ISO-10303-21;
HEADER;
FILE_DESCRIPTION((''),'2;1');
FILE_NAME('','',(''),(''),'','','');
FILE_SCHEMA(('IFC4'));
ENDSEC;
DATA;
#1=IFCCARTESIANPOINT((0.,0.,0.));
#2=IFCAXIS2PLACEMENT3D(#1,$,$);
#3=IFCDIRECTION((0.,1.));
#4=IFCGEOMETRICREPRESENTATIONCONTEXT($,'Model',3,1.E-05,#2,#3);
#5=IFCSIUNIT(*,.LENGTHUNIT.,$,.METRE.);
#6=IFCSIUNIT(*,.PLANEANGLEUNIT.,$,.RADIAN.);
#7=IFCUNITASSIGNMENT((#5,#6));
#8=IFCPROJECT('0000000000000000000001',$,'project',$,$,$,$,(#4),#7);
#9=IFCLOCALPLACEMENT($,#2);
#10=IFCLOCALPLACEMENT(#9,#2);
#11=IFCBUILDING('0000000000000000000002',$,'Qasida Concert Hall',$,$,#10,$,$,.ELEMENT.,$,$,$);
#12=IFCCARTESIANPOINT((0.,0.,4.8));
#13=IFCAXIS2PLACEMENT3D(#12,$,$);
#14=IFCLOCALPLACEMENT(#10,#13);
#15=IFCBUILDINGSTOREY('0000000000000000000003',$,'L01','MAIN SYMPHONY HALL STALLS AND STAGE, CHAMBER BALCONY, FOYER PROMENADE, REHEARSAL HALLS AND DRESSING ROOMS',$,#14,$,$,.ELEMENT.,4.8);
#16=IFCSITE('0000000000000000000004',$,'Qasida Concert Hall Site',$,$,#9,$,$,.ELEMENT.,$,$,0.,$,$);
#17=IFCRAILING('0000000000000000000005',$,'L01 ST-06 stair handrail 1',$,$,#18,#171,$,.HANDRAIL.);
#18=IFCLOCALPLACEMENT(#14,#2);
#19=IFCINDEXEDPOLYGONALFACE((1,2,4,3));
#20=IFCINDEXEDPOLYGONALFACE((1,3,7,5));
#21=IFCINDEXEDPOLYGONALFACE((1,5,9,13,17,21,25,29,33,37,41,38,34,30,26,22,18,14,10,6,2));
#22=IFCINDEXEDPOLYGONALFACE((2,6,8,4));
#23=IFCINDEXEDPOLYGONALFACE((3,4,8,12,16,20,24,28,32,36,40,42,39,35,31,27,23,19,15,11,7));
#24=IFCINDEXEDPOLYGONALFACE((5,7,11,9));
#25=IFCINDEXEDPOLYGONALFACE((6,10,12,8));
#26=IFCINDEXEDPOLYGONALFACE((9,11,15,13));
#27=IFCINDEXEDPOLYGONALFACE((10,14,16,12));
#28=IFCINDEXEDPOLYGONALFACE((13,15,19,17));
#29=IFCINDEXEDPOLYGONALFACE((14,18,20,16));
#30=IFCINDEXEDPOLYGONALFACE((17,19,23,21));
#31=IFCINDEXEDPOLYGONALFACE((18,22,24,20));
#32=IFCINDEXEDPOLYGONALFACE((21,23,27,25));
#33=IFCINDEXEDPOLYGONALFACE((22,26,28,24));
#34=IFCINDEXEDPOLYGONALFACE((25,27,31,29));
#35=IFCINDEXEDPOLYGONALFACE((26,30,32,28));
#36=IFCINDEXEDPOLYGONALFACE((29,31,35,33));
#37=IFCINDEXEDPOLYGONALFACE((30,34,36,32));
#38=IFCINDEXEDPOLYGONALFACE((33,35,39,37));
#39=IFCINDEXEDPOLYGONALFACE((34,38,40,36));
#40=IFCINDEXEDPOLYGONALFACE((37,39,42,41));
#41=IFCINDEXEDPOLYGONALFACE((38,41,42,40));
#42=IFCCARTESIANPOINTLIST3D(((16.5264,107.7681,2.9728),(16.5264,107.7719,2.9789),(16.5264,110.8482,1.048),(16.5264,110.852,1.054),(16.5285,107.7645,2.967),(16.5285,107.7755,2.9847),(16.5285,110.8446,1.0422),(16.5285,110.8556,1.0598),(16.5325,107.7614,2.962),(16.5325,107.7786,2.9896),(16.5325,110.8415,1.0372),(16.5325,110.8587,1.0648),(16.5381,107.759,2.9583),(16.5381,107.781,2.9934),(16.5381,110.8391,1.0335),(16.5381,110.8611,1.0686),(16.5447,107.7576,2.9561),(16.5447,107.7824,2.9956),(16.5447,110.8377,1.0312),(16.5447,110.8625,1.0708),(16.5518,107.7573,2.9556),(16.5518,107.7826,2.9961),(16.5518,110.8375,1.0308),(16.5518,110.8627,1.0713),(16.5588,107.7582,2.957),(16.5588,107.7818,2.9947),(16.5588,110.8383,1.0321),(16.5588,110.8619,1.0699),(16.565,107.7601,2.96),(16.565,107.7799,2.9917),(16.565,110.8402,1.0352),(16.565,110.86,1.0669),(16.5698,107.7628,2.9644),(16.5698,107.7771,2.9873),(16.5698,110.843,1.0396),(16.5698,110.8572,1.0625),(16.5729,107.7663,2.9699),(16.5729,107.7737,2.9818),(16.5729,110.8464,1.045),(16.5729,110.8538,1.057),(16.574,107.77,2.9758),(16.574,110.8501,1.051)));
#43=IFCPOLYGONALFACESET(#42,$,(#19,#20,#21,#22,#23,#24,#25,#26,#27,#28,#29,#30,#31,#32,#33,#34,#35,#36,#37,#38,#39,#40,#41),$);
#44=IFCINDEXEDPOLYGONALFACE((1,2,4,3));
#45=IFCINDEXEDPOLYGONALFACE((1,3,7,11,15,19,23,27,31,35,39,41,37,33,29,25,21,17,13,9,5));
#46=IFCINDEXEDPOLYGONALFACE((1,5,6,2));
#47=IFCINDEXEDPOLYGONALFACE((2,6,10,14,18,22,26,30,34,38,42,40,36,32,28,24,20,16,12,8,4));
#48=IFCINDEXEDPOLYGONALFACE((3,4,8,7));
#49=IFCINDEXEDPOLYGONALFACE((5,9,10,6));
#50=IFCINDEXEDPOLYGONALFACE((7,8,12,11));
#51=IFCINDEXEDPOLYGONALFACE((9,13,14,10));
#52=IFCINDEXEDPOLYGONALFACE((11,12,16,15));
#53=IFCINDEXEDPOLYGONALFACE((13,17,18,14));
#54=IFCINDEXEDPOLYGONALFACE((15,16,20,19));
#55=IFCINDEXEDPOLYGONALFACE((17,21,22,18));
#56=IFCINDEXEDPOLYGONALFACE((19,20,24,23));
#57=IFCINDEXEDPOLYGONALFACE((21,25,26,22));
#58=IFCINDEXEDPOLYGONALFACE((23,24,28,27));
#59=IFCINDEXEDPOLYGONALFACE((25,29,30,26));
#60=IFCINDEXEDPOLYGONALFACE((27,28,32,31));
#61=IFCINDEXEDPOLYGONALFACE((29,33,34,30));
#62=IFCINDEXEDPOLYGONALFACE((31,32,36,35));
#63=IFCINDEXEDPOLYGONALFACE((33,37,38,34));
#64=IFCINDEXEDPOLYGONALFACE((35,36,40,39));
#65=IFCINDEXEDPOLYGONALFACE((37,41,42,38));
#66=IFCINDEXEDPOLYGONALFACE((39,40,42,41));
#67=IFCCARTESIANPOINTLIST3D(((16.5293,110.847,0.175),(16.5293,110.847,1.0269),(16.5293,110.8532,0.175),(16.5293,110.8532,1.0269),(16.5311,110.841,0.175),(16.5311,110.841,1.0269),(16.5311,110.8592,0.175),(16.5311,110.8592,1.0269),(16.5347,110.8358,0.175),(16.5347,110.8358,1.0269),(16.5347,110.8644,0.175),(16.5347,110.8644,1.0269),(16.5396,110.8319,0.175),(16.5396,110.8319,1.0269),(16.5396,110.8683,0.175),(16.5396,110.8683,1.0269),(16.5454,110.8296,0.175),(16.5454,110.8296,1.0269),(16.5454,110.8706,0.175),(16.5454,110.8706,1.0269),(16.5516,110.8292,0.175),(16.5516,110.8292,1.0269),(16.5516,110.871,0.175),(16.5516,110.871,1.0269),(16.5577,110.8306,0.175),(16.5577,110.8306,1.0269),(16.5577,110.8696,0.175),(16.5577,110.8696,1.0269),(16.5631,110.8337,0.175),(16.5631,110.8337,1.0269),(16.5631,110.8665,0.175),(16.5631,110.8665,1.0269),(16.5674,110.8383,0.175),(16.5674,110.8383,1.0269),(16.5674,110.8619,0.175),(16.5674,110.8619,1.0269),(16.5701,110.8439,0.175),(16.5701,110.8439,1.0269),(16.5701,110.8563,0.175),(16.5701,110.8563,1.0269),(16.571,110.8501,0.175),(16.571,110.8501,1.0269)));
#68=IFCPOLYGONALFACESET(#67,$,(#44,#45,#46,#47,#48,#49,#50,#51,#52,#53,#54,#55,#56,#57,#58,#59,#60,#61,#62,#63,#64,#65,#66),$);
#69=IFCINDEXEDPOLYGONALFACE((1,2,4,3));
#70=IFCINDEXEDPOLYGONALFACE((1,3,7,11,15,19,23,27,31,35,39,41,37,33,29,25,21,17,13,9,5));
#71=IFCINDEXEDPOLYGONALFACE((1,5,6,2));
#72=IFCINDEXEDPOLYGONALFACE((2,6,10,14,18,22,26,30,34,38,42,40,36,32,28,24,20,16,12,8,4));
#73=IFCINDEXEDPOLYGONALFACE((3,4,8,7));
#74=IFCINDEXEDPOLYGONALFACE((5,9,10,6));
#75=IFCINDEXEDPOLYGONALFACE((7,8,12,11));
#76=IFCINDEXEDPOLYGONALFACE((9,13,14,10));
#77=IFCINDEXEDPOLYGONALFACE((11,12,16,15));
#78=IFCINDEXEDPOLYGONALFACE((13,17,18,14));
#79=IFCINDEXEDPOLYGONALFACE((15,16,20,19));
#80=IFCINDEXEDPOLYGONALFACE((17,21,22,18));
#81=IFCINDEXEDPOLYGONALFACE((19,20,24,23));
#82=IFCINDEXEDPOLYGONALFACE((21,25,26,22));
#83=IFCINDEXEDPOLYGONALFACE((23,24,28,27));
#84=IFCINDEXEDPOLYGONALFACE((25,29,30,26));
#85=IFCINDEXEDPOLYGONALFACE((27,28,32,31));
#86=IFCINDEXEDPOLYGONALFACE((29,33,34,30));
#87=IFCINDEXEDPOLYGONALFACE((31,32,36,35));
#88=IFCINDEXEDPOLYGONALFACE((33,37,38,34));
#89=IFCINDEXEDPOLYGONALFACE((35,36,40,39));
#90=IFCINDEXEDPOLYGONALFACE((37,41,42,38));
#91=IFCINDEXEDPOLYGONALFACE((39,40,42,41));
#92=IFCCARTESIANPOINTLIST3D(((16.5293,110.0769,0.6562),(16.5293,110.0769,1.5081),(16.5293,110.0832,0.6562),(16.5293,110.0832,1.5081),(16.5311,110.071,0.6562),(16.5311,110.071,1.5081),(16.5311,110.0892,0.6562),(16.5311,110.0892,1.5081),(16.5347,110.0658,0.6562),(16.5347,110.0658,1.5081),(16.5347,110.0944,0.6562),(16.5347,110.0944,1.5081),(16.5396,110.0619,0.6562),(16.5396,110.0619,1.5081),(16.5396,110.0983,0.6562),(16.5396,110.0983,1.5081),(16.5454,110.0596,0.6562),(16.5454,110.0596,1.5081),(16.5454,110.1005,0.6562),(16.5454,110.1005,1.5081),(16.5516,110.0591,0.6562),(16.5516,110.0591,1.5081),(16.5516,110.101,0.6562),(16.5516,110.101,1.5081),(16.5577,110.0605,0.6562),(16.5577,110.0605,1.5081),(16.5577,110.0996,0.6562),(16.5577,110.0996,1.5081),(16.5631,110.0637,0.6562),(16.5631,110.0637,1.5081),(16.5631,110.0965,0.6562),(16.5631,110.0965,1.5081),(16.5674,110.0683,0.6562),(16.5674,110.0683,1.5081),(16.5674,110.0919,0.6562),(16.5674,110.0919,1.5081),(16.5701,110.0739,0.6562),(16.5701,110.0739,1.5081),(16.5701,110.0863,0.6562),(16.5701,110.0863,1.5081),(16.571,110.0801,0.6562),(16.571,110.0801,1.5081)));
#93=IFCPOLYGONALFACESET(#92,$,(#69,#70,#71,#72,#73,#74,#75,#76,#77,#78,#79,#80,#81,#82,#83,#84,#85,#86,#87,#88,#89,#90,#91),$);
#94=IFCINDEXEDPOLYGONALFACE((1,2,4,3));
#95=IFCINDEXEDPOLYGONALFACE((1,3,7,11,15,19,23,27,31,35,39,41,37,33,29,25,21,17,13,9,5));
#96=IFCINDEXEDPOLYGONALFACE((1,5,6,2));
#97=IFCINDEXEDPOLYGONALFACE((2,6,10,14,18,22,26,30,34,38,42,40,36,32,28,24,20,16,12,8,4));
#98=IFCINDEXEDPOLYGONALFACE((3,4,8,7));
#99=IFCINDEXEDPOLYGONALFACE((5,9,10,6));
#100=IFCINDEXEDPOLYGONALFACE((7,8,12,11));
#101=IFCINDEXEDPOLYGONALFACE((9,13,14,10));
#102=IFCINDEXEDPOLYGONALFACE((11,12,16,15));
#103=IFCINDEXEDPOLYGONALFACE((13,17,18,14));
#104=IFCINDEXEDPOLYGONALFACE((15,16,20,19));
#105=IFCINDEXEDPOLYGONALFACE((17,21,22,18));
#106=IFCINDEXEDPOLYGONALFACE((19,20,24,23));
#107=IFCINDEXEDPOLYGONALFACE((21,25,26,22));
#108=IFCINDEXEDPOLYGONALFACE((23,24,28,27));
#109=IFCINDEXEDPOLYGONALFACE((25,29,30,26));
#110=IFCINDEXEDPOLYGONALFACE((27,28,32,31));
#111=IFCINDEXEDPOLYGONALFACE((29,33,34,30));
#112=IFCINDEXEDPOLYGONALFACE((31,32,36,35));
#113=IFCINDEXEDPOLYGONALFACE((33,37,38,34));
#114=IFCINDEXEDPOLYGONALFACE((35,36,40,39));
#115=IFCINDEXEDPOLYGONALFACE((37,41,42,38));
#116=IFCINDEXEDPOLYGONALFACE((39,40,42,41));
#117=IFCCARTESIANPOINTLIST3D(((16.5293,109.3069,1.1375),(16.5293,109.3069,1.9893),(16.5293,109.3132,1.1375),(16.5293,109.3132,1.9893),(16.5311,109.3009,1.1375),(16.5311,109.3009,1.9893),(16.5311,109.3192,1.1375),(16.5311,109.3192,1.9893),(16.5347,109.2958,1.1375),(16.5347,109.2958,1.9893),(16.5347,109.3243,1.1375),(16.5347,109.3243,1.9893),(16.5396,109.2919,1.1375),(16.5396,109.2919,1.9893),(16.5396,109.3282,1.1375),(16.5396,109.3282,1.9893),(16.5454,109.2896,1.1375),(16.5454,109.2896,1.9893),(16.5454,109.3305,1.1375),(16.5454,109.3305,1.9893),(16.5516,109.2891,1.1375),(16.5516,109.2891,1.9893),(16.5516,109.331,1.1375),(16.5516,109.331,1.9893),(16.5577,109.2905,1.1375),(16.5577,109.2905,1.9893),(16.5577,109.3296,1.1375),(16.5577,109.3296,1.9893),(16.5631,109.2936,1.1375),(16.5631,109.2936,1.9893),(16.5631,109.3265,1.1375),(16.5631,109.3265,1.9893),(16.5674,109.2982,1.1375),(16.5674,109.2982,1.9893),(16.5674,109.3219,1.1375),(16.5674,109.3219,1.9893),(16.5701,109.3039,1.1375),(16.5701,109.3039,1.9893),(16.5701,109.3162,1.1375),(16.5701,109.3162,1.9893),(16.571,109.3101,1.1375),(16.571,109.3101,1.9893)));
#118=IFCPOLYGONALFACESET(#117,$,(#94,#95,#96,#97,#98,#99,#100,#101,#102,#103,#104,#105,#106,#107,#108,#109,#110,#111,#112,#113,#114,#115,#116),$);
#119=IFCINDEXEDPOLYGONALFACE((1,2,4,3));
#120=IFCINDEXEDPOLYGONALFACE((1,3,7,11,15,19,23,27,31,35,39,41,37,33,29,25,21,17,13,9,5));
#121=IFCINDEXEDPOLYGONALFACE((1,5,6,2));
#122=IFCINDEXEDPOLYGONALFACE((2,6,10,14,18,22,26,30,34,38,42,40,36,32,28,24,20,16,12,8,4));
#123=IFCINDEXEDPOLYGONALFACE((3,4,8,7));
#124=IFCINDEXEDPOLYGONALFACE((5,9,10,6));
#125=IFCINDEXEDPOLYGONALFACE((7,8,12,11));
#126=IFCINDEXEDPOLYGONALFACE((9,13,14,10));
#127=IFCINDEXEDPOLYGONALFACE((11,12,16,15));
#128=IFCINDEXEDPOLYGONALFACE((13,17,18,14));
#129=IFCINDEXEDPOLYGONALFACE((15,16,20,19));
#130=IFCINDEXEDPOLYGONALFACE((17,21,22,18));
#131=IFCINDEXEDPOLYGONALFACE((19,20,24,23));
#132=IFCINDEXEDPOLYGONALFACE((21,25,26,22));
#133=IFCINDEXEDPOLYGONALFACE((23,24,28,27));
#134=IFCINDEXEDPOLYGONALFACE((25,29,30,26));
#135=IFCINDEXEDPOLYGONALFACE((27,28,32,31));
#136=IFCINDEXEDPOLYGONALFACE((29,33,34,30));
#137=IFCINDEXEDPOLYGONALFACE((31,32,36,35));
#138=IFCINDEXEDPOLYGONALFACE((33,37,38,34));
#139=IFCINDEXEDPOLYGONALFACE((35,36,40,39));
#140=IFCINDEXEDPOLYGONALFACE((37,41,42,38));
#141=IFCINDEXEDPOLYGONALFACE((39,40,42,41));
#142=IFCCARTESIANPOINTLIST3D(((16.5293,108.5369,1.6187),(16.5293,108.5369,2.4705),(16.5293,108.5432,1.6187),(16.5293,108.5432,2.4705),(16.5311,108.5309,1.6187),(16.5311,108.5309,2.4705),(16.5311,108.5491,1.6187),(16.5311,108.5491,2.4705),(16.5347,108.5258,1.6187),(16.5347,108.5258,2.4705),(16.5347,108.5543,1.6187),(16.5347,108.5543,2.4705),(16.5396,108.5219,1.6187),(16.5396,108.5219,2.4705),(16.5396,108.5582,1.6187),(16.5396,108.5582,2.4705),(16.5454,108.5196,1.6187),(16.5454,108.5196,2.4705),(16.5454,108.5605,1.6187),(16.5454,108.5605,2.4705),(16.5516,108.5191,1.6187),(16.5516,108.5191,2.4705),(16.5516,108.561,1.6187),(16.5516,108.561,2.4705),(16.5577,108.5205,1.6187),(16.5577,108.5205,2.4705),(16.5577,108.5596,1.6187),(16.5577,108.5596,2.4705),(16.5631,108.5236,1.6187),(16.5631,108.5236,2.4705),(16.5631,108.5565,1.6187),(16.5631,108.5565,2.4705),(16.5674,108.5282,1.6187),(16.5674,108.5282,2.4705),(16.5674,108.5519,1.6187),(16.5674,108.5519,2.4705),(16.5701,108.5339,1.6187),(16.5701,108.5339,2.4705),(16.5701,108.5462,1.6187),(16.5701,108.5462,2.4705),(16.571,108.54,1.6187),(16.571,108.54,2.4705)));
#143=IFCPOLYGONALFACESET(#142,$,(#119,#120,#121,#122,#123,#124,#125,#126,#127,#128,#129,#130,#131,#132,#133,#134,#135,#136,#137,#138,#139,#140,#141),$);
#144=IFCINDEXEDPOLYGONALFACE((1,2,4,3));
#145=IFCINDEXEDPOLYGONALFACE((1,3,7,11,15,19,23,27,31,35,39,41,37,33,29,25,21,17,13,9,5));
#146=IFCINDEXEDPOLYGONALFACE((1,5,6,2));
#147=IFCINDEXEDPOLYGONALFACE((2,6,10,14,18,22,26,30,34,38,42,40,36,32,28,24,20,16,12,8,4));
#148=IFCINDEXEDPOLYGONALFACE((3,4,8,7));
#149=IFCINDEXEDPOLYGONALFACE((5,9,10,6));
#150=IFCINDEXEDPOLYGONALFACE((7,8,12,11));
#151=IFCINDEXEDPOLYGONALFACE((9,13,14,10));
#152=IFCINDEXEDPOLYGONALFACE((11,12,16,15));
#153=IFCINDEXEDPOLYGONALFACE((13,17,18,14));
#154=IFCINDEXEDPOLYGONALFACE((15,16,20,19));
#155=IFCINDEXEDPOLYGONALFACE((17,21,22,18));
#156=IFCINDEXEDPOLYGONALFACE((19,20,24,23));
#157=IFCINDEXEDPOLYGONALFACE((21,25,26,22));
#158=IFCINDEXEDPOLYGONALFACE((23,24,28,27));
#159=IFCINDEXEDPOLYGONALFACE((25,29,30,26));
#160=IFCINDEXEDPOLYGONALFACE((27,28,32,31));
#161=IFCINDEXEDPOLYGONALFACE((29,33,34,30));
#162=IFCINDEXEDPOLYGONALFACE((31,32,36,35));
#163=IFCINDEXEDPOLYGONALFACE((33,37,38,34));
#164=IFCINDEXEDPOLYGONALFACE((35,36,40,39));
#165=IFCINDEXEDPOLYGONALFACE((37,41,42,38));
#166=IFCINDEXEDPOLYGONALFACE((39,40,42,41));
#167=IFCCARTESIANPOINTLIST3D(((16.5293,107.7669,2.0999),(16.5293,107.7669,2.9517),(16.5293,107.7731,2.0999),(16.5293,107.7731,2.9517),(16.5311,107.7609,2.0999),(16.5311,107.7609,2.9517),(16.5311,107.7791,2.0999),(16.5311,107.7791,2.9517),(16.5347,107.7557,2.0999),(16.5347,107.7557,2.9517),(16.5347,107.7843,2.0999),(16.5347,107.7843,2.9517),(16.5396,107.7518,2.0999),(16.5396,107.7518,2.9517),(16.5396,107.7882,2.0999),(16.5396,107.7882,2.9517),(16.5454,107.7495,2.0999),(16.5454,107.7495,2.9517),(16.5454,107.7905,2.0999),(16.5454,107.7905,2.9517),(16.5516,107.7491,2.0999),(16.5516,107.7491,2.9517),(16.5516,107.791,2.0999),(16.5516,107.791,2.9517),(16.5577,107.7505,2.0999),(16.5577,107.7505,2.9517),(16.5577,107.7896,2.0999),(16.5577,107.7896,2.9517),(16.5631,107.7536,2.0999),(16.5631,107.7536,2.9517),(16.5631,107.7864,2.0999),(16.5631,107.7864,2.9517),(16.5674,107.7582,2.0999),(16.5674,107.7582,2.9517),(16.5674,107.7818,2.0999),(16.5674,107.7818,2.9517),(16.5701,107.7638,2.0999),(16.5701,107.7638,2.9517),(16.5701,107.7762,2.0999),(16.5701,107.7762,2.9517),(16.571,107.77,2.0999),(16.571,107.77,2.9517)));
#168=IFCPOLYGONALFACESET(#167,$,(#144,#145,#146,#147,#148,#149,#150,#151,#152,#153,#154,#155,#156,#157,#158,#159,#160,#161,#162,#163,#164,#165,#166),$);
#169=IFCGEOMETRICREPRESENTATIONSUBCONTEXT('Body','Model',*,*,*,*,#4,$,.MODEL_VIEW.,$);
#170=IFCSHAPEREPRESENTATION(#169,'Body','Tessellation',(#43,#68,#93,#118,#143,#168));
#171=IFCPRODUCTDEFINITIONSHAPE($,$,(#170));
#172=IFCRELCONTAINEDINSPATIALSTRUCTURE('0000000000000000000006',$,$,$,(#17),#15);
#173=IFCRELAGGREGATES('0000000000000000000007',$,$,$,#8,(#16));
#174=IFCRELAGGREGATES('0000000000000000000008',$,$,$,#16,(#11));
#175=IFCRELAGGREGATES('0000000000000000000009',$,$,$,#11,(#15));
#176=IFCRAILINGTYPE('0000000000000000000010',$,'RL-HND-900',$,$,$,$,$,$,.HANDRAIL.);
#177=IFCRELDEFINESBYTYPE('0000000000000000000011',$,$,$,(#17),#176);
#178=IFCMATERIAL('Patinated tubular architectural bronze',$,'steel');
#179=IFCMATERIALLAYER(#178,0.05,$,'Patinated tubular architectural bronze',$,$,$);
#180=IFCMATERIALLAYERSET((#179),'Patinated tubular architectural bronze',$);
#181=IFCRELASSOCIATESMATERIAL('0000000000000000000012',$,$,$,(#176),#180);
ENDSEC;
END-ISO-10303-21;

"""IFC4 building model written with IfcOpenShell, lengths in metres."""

from ifc_helpers import new_model, si_unit, direction, frame, origin, origin_2d, place, context, subcontext, project, spatial, circle, extrude, material, layer, layer_set, type_object, element, save


model = new_model("IFC4")

# Units and contexts
model_context = context("Model", 3, precision=1e-05, world=origin(), true_north=direction((0.0, 1.0)))
body_context = subcontext(model_context, "Body", "Model", "MODEL_VIEW")
ifc_project = project(units=[si_unit("LENGTHUNIT", "METRE"), si_unit("PLANEANGLEUNIT", "RADIAN")], contexts=[model_context])

# Site, building, storey
site_placement = place(None, origin())
site = spatial("IfcSite", under=ifc_project, at=site_placement, Name="Qasida Concert Hall Site", CompositionType="ELEMENT", RefElevation=0.0)
building_placement = place(site_placement, origin())
building = spatial("IfcBuilding", under=site, at=building_placement, Name="Qasida Concert Hall", CompositionType="ELEMENT")
storey_placement = place(building_placement, frame((0.0, 0.0, 4.8)))
storey = spatial("IfcBuildingStorey", under=building, at=storey_placement, Name="L01", Description="MAIN SYMPHONY HALL STALLS AND STAGE, CHAMBER BALCONY, FOYER PROMENADE, REHEARSAL HALLS AND DRESSING ROOMS", CompositionType="ELEMENT", Elevation=4.8)

# Railing
ifc_material_1 = material(Name="Patinated tubular architectural bronze", Category="steel")
ifc_layer_1 = layer(ifc_material_1, 0.05, Name="Patinated tubular architectural bronze")
ifc_layer_set_1 = layer_set([ifc_layer_1], Name="Patinated tubular architectural bronze")
railing_type_1 = type_object("IfcRailingType", Name="RL-HND-900", PredefinedType="HANDRAIL", material=ifc_layer_set_1)
railing_1_placement = place(storey_placement, frame((16.55, 110.8501, 0.175)))
element("IfcRailing", 1, at=railing_1_placement, inside=storey, type_object=railing_type_1, Name="L01 ST-06 stair handrail 1", PredefinedType="HANDRAIL", context=body_context, shape_type="SweptSolid", body=[
    extrude(circle(Radius=0.0239, at=origin_2d()), frame((0.0, 0.0, 0.876), z_axis=(0.0, -0.848029, 0.529951), x_axis=(1.0, 0.0, 0.0)), (0.0, 0.0, 1.0), 3.6321),
    extrude(circle(Radius=0.021, at=origin_2d()), origin(), (0.0, 0.0, 1.0), 0.8518),
    extrude(circle(Radius=0.021, at=origin_2d()), frame((0.0, -0.77, 0.4812)), (0.0, 0.0, 1.0), 0.8518),
    extrude(circle(Radius=0.021, at=origin_2d()), frame((0.0, -1.54, 0.9624)), (0.0, 0.0, 1.0), 0.8518),
    extrude(circle(Radius=0.021, at=origin_2d()), frame((0.0, -2.3101, 1.4436)), (0.0, 0.0, 1.0), 0.8518),
    extrude(circle(Radius=0.021, at=origin_2d()), frame((0.0, -3.0801, 1.9248)), (0.0, 0.0, 1.0), 0.8518),
])

save(model, "model.ifc")
